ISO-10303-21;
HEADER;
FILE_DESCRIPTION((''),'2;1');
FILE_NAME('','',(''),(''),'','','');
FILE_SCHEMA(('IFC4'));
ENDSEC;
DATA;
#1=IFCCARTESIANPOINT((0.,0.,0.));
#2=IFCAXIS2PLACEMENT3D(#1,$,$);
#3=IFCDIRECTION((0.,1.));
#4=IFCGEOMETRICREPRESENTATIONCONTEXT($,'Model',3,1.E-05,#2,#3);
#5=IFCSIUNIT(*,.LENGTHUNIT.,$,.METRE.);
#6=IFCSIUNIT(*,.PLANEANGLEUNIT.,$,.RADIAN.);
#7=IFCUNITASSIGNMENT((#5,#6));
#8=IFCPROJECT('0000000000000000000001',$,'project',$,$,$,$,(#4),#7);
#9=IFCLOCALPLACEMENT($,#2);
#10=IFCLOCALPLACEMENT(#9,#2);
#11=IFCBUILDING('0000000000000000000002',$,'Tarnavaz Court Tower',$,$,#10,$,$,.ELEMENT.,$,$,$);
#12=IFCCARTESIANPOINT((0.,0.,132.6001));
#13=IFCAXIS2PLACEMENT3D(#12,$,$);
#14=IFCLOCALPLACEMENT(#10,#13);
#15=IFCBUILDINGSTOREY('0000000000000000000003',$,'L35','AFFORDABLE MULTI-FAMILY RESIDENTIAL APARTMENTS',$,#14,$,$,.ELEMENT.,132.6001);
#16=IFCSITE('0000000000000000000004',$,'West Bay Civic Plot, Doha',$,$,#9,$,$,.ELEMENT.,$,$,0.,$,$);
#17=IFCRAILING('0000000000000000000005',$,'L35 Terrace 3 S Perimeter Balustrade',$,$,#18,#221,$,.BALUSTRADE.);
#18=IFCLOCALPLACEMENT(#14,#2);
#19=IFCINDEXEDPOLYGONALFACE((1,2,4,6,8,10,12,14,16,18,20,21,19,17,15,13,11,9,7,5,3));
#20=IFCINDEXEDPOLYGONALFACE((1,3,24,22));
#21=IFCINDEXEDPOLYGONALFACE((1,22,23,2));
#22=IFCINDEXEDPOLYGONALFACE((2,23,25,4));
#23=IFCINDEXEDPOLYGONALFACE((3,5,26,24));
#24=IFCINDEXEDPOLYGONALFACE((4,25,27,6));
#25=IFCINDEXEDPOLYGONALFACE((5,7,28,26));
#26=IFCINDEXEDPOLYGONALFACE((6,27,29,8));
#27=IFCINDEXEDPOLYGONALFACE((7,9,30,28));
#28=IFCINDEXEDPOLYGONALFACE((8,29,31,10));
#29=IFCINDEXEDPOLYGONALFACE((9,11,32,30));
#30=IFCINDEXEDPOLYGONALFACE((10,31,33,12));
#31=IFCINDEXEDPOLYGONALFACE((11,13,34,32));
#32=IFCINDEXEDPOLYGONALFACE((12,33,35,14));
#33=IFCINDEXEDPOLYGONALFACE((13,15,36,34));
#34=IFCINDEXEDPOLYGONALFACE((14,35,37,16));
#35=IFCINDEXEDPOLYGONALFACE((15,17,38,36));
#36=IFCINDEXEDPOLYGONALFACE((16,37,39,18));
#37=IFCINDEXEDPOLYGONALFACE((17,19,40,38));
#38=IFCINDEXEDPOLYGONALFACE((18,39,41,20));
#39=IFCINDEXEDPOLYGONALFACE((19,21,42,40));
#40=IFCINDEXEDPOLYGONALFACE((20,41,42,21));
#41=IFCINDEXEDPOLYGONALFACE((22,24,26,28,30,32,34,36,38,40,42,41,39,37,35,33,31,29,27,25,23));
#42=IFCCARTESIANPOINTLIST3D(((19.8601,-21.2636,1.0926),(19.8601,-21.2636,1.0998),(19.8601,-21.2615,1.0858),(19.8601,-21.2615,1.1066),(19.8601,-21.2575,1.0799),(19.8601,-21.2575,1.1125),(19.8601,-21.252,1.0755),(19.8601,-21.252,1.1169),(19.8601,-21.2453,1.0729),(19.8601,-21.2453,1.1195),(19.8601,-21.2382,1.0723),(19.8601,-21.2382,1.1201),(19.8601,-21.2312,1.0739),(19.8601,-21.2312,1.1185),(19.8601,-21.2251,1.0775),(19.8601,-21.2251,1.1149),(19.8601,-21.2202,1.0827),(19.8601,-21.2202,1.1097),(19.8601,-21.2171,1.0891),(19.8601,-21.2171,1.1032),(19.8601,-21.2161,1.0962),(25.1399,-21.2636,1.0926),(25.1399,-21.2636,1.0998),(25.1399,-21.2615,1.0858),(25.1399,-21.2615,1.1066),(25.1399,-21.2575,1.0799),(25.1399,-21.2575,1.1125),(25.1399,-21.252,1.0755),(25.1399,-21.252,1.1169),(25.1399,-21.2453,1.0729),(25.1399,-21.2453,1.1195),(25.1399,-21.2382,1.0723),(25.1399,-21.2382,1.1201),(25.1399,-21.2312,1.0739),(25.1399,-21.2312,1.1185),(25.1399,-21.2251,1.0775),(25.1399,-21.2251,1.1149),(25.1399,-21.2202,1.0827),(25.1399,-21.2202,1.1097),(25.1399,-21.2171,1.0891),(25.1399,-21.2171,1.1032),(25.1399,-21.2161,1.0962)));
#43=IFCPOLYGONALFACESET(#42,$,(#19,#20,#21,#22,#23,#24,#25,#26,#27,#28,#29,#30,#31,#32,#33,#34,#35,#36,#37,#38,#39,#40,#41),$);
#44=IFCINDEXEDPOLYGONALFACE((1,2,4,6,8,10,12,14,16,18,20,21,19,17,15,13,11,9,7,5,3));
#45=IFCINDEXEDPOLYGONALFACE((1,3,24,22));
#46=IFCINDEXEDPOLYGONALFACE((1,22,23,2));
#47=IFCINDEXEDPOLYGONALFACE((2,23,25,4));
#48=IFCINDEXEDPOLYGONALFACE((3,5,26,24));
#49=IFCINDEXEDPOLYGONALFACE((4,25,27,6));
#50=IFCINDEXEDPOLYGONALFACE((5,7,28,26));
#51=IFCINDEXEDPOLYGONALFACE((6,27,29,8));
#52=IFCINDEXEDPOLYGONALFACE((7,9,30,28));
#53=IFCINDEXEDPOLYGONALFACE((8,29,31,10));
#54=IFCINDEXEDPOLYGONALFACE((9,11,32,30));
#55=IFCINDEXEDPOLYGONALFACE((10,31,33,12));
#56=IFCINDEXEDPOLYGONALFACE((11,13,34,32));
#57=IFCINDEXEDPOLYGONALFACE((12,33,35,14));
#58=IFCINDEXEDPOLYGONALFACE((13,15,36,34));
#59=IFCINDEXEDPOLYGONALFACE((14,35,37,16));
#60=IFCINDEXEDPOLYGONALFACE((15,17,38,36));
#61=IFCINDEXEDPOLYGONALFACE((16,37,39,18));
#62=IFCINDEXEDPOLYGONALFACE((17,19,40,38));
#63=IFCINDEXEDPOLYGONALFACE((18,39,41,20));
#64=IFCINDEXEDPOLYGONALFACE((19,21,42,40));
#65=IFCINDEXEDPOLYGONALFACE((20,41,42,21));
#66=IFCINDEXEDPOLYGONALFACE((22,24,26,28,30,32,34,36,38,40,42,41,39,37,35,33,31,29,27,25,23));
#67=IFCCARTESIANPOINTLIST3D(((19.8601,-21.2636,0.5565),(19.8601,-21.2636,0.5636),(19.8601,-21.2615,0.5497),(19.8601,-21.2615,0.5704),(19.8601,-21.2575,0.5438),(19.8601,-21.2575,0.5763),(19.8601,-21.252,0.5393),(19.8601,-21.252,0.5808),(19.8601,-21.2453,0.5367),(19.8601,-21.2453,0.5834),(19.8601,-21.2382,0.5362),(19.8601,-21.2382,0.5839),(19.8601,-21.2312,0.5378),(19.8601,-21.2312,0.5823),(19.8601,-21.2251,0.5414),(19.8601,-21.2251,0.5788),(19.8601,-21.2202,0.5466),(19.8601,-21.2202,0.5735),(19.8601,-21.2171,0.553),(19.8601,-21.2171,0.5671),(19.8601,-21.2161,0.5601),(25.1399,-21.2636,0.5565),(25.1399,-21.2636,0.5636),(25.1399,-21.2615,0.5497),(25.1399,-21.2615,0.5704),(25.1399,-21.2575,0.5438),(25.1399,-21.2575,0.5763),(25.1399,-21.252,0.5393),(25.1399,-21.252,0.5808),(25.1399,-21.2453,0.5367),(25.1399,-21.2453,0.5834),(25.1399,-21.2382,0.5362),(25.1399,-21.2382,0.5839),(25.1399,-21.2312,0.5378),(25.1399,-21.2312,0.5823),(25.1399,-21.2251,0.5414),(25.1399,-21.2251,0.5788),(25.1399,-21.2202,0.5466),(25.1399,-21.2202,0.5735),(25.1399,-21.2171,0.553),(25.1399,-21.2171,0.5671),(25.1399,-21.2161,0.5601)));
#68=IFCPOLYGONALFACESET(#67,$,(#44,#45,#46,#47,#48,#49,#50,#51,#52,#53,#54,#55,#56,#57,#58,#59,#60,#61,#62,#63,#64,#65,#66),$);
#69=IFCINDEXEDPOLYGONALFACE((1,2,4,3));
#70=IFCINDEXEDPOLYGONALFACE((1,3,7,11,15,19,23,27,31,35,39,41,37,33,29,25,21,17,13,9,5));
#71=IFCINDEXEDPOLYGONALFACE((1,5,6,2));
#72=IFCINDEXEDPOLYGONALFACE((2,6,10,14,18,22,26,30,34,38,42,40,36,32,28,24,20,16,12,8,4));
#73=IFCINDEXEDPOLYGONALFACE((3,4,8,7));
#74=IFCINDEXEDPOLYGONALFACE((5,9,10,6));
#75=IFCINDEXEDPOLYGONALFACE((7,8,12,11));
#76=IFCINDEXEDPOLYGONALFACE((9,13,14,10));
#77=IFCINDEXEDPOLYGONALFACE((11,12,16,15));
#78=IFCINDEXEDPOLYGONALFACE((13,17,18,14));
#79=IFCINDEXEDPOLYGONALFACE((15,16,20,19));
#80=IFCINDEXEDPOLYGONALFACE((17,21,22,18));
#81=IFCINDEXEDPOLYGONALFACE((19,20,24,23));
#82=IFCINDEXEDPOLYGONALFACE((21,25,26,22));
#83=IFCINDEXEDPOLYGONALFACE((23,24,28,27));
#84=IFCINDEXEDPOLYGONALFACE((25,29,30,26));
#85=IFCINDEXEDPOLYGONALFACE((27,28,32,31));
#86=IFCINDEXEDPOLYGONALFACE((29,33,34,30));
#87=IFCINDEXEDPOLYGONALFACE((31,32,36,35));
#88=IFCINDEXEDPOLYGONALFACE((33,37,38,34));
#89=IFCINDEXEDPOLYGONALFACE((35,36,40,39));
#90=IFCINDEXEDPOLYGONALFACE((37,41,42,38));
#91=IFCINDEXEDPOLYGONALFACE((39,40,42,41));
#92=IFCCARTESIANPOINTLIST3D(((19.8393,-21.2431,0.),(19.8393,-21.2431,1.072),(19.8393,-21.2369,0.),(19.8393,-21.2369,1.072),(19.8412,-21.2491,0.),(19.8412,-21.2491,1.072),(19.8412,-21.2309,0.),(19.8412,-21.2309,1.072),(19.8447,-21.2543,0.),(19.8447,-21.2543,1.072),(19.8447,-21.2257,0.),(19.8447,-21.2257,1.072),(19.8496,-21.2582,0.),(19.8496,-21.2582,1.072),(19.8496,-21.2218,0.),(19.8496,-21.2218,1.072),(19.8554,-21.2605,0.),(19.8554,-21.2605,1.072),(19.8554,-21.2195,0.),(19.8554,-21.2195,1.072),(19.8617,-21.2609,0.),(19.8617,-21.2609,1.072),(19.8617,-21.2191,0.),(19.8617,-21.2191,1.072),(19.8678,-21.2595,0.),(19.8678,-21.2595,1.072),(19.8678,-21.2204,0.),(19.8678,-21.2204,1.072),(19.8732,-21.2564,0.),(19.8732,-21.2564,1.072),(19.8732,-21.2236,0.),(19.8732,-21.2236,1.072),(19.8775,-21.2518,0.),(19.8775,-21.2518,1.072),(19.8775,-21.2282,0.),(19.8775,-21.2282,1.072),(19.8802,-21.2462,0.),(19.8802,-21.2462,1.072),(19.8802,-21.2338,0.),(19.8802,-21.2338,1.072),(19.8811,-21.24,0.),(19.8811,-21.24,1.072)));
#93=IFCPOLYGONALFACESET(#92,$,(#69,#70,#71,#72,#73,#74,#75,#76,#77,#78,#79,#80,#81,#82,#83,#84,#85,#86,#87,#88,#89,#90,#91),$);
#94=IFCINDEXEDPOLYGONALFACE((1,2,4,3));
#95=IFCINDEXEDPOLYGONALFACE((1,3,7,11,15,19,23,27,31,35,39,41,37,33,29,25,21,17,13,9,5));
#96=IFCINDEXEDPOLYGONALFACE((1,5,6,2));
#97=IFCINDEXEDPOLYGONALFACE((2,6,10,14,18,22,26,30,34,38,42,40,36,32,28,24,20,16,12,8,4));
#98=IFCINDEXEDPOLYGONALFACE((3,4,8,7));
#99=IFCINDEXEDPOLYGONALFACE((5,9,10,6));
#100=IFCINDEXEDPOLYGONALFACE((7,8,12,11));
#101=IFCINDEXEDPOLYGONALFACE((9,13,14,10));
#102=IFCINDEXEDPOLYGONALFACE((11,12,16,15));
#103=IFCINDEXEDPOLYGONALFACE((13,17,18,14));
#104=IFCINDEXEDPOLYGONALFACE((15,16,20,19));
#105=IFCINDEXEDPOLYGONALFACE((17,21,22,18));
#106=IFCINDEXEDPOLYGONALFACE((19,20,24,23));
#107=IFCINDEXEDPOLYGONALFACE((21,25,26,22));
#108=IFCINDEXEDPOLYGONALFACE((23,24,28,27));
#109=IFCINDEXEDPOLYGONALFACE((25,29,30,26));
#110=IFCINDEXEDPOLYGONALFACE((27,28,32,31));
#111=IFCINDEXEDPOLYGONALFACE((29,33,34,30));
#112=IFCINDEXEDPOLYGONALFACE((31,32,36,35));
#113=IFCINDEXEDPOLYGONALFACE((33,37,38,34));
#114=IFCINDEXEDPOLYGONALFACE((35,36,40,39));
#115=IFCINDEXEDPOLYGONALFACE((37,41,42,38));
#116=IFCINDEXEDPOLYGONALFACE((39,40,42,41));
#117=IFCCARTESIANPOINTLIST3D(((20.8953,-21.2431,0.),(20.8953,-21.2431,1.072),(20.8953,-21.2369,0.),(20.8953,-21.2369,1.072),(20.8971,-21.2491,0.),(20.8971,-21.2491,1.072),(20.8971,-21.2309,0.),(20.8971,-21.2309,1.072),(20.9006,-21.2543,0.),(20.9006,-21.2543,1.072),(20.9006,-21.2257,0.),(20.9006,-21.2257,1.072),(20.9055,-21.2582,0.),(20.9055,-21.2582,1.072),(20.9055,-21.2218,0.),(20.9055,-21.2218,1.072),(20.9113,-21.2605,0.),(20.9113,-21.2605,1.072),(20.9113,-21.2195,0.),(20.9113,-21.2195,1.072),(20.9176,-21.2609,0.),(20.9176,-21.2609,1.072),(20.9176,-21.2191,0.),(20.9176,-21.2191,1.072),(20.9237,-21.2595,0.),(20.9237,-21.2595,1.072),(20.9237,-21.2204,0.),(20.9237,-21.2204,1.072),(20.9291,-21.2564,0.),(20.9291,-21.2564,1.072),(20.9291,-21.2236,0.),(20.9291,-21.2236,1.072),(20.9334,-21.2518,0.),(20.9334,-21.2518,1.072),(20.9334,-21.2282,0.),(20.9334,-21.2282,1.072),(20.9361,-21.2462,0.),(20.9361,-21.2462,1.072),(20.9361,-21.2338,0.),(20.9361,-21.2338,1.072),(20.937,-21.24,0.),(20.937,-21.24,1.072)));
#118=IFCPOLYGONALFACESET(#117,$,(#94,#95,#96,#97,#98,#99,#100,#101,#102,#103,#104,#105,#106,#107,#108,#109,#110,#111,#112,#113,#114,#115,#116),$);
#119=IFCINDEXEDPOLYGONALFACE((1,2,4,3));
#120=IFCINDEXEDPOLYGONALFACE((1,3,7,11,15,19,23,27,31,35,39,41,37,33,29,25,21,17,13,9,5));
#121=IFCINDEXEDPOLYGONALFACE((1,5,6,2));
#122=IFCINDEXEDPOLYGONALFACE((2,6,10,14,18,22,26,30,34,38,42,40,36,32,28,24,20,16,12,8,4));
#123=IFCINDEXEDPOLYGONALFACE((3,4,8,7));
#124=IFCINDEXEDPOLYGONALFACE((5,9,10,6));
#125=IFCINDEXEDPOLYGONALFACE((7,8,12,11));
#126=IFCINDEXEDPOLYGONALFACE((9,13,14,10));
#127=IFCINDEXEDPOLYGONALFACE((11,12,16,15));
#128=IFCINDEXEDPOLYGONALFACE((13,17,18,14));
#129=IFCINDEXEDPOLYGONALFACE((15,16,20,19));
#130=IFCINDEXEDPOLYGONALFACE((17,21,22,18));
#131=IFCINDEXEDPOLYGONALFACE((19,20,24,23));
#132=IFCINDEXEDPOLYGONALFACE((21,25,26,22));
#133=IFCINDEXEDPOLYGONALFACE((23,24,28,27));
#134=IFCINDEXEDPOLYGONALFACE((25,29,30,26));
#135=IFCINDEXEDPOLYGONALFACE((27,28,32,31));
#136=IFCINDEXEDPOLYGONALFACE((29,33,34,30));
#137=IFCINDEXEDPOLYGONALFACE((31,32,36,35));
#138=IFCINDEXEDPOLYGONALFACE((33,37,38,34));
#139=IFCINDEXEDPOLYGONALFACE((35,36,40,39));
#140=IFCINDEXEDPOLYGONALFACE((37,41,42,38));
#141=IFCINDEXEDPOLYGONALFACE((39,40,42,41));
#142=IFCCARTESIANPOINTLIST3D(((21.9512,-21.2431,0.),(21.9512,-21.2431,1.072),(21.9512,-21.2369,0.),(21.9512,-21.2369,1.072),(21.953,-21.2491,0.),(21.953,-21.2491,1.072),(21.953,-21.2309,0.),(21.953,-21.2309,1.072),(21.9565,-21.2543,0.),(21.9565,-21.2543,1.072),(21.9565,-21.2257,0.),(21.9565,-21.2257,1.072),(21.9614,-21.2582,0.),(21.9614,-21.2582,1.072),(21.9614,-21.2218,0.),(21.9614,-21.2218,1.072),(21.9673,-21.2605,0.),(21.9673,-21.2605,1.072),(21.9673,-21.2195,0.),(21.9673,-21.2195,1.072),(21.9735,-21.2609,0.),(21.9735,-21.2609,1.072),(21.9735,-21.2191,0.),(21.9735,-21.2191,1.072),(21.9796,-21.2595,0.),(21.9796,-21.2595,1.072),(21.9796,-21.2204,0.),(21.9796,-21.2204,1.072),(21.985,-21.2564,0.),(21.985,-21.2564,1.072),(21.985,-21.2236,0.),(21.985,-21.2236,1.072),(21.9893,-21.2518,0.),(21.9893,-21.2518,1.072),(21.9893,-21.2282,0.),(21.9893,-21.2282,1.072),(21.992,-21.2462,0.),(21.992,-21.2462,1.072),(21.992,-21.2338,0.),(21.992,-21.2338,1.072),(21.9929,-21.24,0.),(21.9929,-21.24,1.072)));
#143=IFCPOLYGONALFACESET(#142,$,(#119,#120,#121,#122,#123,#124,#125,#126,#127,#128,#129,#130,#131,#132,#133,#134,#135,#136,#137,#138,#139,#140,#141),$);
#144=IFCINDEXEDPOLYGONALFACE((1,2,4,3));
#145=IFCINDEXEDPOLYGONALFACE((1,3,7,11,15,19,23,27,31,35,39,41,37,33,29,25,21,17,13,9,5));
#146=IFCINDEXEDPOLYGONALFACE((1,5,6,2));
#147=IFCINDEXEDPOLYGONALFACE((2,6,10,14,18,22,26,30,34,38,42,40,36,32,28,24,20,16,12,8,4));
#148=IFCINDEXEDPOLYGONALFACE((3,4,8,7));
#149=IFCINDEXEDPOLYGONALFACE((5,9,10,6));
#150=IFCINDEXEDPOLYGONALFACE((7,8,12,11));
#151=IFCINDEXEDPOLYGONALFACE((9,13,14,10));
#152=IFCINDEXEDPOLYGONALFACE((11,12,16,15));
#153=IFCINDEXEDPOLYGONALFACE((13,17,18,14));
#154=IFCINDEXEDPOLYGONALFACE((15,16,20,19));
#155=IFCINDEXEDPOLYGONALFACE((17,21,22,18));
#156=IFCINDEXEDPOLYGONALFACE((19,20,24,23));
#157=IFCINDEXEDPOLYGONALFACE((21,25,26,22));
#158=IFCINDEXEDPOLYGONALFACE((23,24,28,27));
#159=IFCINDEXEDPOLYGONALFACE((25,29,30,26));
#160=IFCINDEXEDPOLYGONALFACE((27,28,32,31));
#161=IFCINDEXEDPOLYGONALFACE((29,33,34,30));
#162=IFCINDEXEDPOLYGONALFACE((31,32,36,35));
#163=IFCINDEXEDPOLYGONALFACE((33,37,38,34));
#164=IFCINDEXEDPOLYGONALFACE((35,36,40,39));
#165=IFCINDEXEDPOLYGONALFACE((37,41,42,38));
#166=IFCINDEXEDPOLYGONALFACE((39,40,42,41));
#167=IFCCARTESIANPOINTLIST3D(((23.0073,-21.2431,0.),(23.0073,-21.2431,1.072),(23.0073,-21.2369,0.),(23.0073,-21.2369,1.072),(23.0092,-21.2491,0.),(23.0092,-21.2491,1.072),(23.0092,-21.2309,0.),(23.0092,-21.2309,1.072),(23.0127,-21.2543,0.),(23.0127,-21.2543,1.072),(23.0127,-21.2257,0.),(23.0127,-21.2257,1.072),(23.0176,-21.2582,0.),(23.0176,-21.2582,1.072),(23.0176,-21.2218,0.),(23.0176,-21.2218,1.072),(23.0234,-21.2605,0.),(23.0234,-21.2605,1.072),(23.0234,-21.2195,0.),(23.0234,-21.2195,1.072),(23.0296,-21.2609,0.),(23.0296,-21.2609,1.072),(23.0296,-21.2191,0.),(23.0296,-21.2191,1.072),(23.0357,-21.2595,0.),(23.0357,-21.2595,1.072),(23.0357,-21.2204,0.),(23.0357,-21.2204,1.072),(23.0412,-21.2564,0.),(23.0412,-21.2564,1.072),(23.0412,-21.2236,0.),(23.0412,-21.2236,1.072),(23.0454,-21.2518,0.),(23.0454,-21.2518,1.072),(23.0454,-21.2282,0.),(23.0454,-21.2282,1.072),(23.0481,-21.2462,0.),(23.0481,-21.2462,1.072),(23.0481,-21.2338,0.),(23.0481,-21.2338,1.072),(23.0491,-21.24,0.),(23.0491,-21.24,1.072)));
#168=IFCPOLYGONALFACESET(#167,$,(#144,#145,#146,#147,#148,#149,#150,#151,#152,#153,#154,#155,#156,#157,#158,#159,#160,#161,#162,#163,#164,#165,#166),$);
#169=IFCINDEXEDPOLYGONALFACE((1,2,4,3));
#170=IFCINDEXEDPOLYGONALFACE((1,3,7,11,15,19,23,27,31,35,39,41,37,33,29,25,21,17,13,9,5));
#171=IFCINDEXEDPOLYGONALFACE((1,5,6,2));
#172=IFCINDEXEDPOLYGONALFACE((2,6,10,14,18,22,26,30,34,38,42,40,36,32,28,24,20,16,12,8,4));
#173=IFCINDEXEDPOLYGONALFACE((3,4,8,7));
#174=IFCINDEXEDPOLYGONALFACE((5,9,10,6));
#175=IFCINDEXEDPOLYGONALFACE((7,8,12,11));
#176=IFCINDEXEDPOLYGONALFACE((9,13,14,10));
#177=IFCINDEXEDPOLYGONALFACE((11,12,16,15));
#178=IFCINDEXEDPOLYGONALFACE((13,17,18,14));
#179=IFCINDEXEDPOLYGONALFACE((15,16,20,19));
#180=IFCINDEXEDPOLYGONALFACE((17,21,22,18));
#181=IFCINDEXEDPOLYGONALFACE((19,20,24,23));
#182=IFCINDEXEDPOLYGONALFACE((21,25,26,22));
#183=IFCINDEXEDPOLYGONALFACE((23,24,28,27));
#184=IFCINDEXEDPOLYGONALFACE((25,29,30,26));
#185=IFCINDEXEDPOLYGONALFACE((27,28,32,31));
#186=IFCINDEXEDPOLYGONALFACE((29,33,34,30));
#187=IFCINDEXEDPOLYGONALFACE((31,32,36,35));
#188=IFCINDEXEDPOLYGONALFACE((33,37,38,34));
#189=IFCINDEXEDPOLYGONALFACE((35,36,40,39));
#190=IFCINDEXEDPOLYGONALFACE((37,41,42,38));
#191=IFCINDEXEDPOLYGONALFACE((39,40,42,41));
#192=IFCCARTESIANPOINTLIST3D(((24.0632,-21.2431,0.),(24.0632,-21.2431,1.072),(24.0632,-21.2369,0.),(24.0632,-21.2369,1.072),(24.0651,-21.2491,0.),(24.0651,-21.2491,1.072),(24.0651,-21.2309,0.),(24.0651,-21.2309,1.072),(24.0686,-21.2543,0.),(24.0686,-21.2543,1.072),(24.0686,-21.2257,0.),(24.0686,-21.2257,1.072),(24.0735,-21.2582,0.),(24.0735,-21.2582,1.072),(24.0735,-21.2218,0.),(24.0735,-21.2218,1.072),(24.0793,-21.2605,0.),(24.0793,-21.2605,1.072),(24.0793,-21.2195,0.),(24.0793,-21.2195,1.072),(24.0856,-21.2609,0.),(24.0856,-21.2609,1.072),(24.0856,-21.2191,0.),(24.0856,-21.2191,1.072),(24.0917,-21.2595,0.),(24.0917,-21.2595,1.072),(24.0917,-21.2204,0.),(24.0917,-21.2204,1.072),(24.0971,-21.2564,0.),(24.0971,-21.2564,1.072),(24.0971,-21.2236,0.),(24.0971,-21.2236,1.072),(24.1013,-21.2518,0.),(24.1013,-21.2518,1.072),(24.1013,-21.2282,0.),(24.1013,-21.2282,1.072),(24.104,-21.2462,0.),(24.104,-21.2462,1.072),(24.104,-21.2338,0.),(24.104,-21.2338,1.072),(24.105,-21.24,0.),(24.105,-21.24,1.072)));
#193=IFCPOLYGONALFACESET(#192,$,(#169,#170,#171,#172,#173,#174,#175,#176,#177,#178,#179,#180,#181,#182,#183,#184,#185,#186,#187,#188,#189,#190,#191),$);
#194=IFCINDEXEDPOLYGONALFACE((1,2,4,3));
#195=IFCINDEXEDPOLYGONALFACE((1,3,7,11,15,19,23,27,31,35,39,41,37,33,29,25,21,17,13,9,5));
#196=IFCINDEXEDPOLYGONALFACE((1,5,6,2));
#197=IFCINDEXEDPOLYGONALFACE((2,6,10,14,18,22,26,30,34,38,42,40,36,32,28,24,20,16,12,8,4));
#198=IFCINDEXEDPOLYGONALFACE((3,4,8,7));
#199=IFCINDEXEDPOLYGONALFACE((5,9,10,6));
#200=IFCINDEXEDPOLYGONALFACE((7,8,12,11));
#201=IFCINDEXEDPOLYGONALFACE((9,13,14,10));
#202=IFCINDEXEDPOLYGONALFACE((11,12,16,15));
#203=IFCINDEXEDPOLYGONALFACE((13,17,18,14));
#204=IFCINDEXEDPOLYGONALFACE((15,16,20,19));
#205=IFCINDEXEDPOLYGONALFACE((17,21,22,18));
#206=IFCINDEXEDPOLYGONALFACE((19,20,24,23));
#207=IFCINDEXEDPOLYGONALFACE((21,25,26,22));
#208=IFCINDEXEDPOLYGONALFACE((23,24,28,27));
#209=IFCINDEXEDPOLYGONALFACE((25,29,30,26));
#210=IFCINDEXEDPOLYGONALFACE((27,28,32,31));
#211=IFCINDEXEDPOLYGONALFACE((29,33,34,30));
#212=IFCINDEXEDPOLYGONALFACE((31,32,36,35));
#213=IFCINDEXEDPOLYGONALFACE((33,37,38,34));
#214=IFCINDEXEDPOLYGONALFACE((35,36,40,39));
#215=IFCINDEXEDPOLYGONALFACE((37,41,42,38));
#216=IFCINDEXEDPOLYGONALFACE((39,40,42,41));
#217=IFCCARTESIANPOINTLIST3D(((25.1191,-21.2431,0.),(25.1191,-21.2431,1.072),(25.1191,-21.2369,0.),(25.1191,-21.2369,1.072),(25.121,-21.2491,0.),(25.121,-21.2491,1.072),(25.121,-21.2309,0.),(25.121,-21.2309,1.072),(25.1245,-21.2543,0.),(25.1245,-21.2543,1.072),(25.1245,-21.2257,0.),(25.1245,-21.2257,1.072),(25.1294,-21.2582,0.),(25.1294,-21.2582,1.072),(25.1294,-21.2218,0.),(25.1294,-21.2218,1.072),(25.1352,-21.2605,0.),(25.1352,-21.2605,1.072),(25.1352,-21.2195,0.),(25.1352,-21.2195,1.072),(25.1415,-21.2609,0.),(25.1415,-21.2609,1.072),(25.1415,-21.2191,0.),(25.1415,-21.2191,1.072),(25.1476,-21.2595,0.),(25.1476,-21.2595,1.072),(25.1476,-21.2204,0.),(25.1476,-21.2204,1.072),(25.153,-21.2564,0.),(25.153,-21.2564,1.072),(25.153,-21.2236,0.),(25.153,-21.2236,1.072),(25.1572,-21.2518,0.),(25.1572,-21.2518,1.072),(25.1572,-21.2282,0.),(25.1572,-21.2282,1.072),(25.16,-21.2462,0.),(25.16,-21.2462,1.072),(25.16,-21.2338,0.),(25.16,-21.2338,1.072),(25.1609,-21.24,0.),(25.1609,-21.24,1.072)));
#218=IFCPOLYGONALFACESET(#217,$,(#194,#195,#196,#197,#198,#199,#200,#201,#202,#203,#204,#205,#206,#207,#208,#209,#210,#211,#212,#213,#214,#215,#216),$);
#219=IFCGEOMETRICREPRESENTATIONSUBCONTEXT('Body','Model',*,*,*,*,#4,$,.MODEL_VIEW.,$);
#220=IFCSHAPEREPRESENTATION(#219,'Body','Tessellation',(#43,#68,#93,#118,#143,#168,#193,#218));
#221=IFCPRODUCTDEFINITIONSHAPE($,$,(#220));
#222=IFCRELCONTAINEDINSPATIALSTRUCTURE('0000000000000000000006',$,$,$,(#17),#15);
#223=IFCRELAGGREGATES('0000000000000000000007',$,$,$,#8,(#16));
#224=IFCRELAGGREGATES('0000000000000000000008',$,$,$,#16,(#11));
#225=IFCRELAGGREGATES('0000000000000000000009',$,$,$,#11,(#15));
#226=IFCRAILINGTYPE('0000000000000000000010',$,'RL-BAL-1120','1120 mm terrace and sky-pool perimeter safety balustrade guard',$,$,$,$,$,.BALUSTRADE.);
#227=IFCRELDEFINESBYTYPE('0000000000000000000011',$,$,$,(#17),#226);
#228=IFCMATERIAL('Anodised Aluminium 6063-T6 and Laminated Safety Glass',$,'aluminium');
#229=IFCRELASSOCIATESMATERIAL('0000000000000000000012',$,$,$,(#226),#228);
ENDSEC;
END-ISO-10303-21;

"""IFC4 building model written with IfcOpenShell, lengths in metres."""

from ifc_helpers import new_model, si_unit, direction, frame, origin, origin_2d, place, context, subcontext, project, spatial, circle, extrude, material, type_object, element, save


model = new_model("IFC4")

# Units and contexts
model_context = context("Model", 3, precision=1e-05, world=origin(), true_north=direction((0.0, 1.0)))
body_context = subcontext(model_context, "Body", "Model", "MODEL_VIEW")
ifc_project = project(units=[si_unit("LENGTHUNIT", "METRE"), si_unit("PLANEANGLEUNIT", "RADIAN")], contexts=[model_context])

# Site, building, storey
site_placement = place(None, origin())
site = spatial("IfcSite", under=ifc_project, at=site_placement, Name="West Bay Civic Plot, Doha", CompositionType="ELEMENT", RefElevation=0.0)
building_placement = place(site_placement, origin())
building = spatial("IfcBuilding", under=site, at=building_placement, Name="Tarnavaz Court Tower", CompositionType="ELEMENT")
storey_placement = place(building_placement, frame((0.0, 0.0, 132.6001)))
storey = spatial("IfcBuildingStorey", under=building, at=storey_placement, Name="L35", Description="AFFORDABLE MULTI-FAMILY RESIDENTIAL APARTMENTS", CompositionType="ELEMENT", Elevation=132.6001)

# Railing
ifc_material_1 = material(Name="Anodised Aluminium 6063-T6 and Laminated Safety Glass", Category="aluminium")
railing_type = type_object("IfcRailingType", Name="RL-BAL-1120", Description="1120 mm terrace and sky-pool perimeter safety balustrade guard", PredefinedType="BALUSTRADE", material=ifc_material_1)
railing_1_placement = place(storey_placement, frame((19.8601, -21.24, 0.0)))
element("IfcRailing", 1, at=railing_1_placement, inside=storey, type_object=railing_type, Name="L35 Terrace 3 S Perimeter Balustrade", PredefinedType="BALUSTRADE", context=body_context, shape_type="SweptSolid", body=[
    extrude(circle(Radius=0.0239, at=origin_2d()), frame((0.0, 0.0, 1.0962), z_axis=(1.0, 0.0, 0.0), x_axis=(0.0, 1.0, 0.0)), (0.0, 0.0, 1.0), 5.2798),
    extrude(circle(Radius=0.0239, at=origin_2d()), frame((0.0, 0.0, 0.5601), z_axis=(1.0, 0.0, 0.0), x_axis=(0.0, 1.0, 0.0)), (0.0, 0.0, 1.0), 5.2798),
    extrude(circle(Radius=0.021, at=origin_2d()), origin(), (0.0, 0.0, 1.0), 1.072),
    extrude(circle(Radius=0.021, at=origin_2d()), frame((1.0559, 0.0, 0.0)), (0.0, 0.0, 1.0), 1.072),
    extrude(circle(Radius=0.021, at=origin_2d()), frame((2.1118, 0.0, 0.0)), (0.0, 0.0, 1.0), 1.072),
    extrude(circle(Radius=0.021, at=origin_2d()), frame((3.168, 0.0, 0.0)), (0.0, 0.0, 1.0), 1.072),
    extrude(circle(Radius=0.021, at=origin_2d()), frame((4.2239, 0.0, 0.0)), (0.0, 0.0, 1.0), 1.072),
    extrude(circle(Radius=0.021, at=origin_2d()), frame((5.2798, 0.0, 0.0)), (0.0, 0.0, 1.0), 1.072),
])

save(model, "model.ifc")
